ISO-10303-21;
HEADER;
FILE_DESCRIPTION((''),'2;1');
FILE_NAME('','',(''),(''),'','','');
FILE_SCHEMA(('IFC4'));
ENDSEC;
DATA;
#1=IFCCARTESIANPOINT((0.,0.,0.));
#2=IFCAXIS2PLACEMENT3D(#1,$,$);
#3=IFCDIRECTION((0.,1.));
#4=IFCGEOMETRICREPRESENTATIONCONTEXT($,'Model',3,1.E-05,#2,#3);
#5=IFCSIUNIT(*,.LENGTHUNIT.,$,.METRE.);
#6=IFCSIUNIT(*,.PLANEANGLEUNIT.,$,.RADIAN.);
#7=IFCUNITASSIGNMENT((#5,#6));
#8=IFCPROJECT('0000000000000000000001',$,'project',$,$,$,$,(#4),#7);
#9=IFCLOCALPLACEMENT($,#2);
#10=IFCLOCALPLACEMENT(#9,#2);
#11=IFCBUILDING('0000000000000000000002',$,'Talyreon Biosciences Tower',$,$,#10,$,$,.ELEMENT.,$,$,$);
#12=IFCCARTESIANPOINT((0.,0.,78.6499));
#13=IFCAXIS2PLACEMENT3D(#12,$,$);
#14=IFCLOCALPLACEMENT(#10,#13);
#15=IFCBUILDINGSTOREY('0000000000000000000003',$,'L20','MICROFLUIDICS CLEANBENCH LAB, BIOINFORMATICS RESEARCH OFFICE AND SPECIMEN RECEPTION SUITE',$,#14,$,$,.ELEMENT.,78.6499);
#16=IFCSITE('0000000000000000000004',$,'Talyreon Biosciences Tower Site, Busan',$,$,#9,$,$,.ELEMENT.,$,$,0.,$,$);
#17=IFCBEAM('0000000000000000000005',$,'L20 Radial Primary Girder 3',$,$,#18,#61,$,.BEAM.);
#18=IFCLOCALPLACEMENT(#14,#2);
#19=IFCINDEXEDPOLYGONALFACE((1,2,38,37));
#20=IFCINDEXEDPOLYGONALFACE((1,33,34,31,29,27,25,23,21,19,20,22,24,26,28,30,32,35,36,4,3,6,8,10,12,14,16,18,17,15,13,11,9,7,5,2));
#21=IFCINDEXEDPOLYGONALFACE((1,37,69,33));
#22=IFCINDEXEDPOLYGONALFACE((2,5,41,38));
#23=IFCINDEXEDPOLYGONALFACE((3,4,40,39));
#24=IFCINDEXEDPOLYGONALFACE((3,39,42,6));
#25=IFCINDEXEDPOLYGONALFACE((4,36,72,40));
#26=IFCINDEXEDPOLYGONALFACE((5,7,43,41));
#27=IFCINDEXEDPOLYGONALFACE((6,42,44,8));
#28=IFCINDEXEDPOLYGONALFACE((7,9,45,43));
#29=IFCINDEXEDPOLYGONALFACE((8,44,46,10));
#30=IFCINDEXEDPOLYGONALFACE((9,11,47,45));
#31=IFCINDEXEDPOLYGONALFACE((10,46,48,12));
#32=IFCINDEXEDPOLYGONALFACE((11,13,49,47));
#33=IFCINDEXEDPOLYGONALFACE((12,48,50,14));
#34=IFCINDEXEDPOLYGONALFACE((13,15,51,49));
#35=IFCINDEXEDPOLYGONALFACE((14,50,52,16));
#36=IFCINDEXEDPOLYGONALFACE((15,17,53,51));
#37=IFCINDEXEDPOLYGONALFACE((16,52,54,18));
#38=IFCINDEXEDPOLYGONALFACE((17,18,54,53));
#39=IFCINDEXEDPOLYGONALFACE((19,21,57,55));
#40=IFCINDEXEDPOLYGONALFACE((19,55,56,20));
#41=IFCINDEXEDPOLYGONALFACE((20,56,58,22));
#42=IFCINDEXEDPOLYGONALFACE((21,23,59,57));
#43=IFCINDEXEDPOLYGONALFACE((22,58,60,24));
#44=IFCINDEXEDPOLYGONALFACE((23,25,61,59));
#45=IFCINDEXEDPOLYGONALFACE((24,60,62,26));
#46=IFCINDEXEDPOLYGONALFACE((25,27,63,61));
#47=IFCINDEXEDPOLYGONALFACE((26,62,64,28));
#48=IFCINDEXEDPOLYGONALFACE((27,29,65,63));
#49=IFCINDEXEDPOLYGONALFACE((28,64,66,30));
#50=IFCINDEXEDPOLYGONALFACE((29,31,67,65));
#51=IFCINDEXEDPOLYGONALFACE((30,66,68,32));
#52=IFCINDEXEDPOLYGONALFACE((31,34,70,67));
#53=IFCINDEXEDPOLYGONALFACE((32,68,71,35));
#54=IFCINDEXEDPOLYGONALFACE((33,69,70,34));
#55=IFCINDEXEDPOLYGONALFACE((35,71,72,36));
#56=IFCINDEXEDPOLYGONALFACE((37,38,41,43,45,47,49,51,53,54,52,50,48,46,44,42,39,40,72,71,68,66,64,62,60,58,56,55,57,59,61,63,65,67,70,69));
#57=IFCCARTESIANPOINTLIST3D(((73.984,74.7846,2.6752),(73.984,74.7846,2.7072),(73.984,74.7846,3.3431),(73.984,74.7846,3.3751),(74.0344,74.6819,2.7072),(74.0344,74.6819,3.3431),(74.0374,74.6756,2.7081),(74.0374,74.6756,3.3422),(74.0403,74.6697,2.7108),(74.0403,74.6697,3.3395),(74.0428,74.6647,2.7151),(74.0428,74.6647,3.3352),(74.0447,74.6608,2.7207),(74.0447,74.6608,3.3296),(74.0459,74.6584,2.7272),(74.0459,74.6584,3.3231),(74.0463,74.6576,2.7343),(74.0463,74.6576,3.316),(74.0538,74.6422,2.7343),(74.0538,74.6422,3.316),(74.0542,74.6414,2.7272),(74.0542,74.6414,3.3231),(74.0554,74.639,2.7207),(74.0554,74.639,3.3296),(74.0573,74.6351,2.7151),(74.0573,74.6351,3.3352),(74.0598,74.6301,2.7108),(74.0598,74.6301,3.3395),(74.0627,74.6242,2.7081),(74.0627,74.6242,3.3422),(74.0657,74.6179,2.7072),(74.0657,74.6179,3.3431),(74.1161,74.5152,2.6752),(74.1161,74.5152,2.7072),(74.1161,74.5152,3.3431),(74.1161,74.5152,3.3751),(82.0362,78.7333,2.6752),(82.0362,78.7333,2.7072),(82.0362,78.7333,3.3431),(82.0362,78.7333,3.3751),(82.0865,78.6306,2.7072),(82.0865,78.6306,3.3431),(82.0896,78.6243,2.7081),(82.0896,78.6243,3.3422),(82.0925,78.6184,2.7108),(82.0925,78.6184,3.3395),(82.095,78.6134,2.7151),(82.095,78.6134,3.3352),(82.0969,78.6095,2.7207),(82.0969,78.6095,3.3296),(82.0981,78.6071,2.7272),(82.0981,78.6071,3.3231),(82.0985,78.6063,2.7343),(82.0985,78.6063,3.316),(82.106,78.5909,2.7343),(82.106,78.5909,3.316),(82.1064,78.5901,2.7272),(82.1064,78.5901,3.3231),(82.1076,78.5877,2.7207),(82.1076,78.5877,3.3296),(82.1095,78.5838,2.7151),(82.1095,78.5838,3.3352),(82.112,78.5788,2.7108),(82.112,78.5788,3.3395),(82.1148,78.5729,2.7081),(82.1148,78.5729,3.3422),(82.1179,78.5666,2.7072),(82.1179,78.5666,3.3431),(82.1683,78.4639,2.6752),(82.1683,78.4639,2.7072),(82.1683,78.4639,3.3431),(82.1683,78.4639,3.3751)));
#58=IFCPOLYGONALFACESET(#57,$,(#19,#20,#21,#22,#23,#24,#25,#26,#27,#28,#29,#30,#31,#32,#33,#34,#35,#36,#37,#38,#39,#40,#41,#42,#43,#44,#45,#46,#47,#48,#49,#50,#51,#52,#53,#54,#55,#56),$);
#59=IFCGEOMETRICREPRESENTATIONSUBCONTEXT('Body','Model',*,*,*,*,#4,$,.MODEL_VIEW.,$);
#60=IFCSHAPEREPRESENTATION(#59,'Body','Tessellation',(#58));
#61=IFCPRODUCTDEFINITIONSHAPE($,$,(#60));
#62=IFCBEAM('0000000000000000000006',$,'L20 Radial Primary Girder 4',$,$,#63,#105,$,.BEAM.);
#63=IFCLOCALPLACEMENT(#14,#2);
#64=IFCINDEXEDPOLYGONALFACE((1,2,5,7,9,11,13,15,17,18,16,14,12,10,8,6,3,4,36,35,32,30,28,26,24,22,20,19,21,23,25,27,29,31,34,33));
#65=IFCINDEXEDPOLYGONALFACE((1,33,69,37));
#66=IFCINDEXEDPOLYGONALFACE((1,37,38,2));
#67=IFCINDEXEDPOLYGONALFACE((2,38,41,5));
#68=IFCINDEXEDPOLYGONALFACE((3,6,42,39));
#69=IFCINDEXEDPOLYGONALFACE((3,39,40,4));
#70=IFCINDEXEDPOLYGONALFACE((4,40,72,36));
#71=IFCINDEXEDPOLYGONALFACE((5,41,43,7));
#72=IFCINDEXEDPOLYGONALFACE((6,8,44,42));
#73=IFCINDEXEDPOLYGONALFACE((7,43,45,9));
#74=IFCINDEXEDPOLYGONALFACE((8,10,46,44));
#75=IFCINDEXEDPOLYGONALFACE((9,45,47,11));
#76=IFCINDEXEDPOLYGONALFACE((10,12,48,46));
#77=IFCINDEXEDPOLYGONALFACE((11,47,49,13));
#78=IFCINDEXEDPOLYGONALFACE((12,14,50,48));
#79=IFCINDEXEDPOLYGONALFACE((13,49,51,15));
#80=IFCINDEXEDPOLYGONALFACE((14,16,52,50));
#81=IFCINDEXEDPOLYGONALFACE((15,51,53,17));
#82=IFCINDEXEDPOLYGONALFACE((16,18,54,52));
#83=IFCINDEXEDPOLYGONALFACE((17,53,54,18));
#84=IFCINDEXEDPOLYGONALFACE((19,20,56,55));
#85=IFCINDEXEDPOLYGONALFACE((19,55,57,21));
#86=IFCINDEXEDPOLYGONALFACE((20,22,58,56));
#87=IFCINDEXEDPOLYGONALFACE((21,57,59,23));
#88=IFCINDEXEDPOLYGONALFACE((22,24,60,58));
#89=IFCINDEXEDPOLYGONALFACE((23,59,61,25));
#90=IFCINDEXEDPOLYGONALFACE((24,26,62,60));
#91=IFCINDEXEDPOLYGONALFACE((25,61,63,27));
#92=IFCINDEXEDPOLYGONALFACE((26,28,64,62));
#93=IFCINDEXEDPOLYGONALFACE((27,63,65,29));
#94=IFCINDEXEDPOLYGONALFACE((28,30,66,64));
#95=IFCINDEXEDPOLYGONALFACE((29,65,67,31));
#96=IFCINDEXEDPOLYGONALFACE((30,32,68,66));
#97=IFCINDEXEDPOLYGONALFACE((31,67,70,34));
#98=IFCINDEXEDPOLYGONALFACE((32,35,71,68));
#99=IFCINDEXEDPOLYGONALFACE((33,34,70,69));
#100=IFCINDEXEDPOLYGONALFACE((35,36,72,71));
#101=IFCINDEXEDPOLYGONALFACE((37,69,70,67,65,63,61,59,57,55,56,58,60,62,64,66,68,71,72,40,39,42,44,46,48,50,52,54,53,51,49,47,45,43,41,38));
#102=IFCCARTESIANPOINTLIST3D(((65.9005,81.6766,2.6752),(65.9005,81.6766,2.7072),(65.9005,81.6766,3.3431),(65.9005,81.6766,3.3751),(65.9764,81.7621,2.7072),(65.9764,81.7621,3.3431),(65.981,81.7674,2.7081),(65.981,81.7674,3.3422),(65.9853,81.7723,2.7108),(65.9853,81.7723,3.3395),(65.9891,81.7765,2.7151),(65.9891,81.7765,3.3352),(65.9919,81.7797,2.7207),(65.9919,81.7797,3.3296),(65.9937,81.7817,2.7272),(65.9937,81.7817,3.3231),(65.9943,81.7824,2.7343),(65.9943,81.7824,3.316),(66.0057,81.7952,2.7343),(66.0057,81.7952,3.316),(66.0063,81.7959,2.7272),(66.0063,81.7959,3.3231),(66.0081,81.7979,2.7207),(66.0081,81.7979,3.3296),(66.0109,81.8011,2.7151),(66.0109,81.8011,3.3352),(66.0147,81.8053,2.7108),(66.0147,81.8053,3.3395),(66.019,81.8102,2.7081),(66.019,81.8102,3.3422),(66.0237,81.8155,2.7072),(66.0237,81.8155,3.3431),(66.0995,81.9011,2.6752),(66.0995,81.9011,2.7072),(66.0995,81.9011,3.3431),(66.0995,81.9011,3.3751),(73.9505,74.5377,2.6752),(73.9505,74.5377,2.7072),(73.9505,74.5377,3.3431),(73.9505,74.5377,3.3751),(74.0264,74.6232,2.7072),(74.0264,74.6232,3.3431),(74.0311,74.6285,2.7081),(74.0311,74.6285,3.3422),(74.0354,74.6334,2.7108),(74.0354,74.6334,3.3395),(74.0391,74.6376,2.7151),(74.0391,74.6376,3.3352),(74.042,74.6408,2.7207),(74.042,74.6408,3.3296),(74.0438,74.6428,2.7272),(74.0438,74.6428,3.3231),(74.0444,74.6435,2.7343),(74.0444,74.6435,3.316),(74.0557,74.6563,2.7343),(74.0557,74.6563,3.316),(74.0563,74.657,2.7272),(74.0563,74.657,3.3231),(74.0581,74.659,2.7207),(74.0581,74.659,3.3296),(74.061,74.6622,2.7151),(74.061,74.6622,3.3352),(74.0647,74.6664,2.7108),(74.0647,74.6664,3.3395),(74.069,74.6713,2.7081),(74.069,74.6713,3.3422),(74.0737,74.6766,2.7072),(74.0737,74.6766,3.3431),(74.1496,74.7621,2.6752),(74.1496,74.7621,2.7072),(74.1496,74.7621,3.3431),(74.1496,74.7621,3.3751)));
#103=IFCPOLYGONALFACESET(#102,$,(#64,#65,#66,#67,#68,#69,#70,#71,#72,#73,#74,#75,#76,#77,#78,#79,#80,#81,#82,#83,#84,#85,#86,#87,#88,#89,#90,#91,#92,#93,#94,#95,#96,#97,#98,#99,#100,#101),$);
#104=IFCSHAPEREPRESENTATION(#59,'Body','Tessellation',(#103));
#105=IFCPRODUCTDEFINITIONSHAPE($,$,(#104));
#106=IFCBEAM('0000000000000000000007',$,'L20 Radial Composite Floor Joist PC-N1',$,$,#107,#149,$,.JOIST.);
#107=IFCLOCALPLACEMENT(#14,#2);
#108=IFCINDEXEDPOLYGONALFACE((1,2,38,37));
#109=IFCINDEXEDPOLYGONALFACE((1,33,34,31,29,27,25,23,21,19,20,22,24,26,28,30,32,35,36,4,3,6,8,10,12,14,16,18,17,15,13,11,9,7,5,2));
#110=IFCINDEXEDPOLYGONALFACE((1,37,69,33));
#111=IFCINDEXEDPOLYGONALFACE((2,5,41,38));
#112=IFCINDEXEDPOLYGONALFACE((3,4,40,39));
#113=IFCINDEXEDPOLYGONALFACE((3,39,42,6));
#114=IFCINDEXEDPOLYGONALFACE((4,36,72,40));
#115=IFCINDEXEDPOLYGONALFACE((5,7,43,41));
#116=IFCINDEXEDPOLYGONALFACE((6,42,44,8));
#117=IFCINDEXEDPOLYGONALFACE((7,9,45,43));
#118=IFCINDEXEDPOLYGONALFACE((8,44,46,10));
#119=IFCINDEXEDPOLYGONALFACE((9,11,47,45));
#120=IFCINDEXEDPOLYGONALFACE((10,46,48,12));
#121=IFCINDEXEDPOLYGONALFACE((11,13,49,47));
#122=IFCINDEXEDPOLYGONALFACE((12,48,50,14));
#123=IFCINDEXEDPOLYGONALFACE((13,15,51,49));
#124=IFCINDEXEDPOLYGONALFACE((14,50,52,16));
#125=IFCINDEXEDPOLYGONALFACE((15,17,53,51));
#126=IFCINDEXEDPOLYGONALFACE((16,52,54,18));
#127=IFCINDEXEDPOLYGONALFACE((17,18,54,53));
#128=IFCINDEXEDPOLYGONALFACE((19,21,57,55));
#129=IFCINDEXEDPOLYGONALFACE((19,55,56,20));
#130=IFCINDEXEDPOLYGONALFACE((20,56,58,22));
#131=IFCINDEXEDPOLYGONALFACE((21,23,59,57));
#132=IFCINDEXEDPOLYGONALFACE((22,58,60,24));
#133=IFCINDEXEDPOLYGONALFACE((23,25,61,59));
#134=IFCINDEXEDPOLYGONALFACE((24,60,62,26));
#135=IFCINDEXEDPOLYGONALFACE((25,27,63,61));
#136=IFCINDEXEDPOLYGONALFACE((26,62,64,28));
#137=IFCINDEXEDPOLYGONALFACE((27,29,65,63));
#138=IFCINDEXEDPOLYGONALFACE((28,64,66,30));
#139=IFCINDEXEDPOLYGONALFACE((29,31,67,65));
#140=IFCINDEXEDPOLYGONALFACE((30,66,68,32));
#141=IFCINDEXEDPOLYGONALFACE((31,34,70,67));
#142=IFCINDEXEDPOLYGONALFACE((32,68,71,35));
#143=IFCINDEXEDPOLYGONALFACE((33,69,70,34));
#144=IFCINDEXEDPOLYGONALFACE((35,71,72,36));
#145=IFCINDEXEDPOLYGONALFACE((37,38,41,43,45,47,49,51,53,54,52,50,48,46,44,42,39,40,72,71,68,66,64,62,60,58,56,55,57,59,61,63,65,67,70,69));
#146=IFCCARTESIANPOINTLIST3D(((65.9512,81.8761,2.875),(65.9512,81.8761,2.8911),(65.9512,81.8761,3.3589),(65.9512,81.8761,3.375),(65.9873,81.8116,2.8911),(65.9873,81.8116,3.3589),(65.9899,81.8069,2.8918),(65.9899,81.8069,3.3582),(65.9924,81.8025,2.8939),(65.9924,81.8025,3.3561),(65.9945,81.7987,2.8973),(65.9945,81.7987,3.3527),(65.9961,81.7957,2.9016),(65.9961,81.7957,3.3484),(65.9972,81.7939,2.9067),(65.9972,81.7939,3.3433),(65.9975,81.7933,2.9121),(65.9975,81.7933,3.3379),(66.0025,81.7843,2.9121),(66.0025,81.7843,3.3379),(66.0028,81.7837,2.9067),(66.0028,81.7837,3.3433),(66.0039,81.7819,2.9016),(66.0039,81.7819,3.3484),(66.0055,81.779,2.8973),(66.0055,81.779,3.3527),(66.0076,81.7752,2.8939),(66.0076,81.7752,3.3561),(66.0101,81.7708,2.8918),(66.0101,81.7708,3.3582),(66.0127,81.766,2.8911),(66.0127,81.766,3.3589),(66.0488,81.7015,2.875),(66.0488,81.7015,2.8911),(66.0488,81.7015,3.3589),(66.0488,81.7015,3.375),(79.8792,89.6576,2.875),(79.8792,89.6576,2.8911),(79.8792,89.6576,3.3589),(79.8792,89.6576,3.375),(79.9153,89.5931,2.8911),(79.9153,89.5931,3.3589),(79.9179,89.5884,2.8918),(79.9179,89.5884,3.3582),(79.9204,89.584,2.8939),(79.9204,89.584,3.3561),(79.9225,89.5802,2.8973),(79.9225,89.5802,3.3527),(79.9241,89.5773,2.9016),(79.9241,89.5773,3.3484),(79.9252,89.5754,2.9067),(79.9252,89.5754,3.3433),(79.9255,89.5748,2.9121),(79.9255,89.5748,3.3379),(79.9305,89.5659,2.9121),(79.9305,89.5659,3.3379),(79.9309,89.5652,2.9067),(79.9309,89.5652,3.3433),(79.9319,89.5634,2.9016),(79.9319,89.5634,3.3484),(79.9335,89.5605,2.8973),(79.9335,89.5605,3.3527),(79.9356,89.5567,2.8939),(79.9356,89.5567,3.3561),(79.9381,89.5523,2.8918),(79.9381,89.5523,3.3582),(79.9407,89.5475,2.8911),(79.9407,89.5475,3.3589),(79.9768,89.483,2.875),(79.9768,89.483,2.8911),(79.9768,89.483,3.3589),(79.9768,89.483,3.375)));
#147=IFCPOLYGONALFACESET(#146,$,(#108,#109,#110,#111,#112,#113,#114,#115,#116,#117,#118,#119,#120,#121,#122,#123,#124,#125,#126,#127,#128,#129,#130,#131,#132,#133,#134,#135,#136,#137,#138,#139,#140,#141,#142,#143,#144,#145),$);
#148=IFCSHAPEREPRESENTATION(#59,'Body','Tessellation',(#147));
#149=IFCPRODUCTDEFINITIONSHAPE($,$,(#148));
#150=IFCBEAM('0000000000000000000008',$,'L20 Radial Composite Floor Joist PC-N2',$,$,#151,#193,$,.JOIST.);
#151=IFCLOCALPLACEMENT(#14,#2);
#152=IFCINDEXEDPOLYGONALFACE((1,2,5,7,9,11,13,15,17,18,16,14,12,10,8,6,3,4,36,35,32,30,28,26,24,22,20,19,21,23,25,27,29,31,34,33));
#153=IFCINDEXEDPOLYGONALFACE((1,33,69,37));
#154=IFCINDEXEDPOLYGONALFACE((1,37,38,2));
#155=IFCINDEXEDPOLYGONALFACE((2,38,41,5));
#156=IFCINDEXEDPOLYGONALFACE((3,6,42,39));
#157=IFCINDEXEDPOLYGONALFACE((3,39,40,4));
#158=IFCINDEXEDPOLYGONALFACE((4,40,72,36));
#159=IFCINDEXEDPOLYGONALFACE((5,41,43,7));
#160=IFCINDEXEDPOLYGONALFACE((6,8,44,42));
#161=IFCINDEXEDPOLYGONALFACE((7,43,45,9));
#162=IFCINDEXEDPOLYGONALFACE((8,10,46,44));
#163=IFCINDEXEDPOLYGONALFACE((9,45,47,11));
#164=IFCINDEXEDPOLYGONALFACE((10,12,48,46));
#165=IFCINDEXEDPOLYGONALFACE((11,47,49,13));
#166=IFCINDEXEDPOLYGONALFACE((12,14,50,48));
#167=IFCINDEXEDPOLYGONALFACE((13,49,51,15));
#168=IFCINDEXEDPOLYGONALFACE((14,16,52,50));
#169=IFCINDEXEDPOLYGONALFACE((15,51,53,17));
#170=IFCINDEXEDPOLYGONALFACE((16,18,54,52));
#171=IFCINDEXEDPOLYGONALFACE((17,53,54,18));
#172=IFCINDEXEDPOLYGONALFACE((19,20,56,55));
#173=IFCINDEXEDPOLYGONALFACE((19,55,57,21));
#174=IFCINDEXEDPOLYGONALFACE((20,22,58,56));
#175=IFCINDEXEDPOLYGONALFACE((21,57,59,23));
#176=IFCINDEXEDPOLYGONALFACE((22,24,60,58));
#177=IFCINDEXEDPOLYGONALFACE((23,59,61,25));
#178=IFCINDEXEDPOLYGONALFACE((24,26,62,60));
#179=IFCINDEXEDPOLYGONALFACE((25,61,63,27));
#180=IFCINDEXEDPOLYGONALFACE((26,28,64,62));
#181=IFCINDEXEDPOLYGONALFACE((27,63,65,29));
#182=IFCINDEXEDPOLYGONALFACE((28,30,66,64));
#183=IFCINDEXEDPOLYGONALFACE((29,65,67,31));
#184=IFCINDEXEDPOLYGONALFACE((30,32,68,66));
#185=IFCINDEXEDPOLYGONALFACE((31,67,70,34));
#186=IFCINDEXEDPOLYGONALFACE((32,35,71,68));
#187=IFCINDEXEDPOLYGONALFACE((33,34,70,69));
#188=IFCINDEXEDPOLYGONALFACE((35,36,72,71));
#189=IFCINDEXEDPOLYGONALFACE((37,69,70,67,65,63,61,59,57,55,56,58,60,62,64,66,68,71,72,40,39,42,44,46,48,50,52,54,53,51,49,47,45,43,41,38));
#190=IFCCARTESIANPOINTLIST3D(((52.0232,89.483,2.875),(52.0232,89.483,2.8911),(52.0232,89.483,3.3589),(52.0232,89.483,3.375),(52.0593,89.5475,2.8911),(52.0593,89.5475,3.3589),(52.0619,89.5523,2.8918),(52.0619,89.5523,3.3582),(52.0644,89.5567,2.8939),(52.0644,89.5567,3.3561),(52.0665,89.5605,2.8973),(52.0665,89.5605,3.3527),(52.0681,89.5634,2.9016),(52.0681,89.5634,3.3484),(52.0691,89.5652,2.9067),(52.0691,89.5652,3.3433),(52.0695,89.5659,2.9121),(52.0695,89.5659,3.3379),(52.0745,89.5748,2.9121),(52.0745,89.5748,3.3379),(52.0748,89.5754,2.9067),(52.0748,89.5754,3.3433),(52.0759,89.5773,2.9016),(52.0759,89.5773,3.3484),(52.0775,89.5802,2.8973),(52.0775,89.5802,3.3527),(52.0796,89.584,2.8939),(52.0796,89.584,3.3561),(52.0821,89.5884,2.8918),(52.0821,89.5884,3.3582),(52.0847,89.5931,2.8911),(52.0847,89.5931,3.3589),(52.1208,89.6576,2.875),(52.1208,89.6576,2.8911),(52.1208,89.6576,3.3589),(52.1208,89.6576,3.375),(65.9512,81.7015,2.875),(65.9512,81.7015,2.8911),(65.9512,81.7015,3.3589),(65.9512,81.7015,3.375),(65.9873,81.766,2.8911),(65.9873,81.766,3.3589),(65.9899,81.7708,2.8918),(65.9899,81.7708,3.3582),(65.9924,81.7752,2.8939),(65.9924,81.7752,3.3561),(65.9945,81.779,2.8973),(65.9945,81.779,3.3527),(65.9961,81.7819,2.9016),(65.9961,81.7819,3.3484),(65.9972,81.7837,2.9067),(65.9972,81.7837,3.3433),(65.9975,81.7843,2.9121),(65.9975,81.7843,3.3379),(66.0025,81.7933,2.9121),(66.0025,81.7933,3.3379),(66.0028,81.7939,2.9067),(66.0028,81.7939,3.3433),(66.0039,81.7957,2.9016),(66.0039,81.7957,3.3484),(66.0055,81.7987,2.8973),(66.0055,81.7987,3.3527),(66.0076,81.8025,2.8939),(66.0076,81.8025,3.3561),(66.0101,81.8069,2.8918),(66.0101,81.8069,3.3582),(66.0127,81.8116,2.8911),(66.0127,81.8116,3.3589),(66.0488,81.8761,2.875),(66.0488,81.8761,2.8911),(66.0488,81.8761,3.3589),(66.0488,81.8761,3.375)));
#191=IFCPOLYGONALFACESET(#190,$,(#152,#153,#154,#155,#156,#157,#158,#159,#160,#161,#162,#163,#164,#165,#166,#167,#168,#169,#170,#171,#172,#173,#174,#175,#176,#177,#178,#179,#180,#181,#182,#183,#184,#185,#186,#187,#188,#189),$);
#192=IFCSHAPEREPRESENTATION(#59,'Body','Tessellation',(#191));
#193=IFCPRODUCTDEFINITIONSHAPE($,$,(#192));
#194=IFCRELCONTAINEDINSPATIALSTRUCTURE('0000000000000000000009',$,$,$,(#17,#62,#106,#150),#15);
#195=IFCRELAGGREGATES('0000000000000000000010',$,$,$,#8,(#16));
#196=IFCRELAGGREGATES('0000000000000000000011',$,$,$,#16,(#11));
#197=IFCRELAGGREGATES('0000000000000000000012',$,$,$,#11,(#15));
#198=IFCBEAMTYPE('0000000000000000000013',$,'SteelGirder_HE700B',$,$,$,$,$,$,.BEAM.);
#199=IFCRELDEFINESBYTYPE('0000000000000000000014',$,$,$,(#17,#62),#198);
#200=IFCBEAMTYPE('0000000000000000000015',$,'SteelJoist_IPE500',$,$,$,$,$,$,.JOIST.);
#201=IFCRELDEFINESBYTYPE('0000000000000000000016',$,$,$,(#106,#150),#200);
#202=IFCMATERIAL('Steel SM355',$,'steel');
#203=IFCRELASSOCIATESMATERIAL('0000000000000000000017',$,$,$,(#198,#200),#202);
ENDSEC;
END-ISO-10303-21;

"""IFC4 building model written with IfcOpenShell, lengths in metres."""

from ifc_helpers import new_model, si_unit, direction, frame, origin, origin_2d, place, context, subcontext, project, spatial, i_section, extrude, material, material_profile, profile_set, type_object, element, save


model = new_model("IFC4")

# Units and contexts
model_context = context("Model", 3, precision=1e-05, world=origin(), true_north=direction((0.0, 1.0)))
body_context = subcontext(model_context, "Body", "Model", "MODEL_VIEW")
ifc_project = project(units=[si_unit("LENGTHUNIT", "METRE"), si_unit("PLANEANGLEUNIT", "RADIAN")], contexts=[model_context])

# Site, building, storey
site_placement = place(None, origin())
site = spatial("IfcSite", under=ifc_project, at=site_placement, Name="Talyreon Biosciences Tower Site, Busan", CompositionType="ELEMENT", RefElevation=0.0)
building_placement = place(site_placement, origin())
building = spatial("IfcBuilding", under=site, at=building_placement, Name="Talyreon Biosciences Tower", CompositionType="ELEMENT")
storey_placement = place(building_placement, frame((0.0, 0.0, 78.6499)))
storey = spatial("IfcBuildingStorey", under=building, at=storey_placement, Name="L20", Description="MICROFLUIDICS CLEANBENCH LAB, BIOINFORMATICS RESEARCH OFFICE AND SPECIMEN RECEPTION SUITE", CompositionType="ELEMENT", Elevation=78.6499)

# Beams
ifc_material_1 = material(Name="Steel SM355", Category="steel")
ifc_material_profile_1 = material_profile(ifc_material_1, i_section(OverallWidth=0.3, OverallDepth=0.7, WebThickness=0.0171, FlangeThickness=0.032, FilletRadius=0.0271, at=origin_2d()), Name="HE700B")
ifc_profile_set_1 = profile_set([ifc_material_profile_1], Name="Steel SM355")
beam_type_1 = type_object("IfcBeamType", Name="SteelGirder_HE700B", PredefinedType="BEAM", material=ifc_profile_set_1)
beam_1_placement = place(storey_placement, frame((74.05, 74.6499, 3.0251), z_axis=(0.897852, 0.440297, 0.0), x_axis=(-0.440297, 0.897852, 0.0)))
element("IfcBeam", 1, at=beam_1_placement, inside=storey, type_object=beam_type_1, Name="L20 Radial Primary Girder 3", PredefinedType="BEAM", context=body_context, shape_type="SweptSolid", body=[
    extrude(i_section(OverallWidth=0.3, OverallDepth=0.7, WebThickness=0.0171, FlangeThickness=0.032, FilletRadius=0.0271, at=origin_2d()), origin(), (0.0, 0.0, 1.0), 8.9683),
])
beam_2_placement = place(storey_placement, frame((74.05, 74.6499, 3.0251), z_axis=(-0.748179, 0.663497, 0.0), x_axis=(-0.663497, -0.748179, 0.0)))
element("IfcBeam", 2, at=beam_2_placement, inside=storey, type_object=beam_type_1, Name="L20 Radial Primary Girder 4", PredefinedType="BEAM", context=body_context, shape_type="SweptSolid", body=[
    extrude(i_section(OverallWidth=0.3, OverallDepth=0.7, WebThickness=0.0171, FlangeThickness=0.032, FilletRadius=0.0271, at=origin_2d()), origin(), (0.0, 0.0, 1.0), 10.7595),
])
ifc_material_profile_2 = material_profile(ifc_material_1, i_section(OverallWidth=0.2, OverallDepth=0.5, WebThickness=0.0103, FlangeThickness=0.0161, FilletRadius=0.021, at=origin_2d()), Name="IPE500")
ifc_profile_set_2 = profile_set([ifc_material_profile_2], Name="Steel SM355")
beam_type_2 = type_object("IfcBeamType", Name="SteelJoist_IPE500", PredefinedType="JOIST", material=ifc_profile_set_2)
for number, where, z_axis, x_axis, name in (
    (3, (66.0, 81.7888, 3.125), (0.872991, 0.487736, 0.0), (-0.487736, 0.872991, 0.0), "L20 Radial Composite Floor Joist PC-N1"),
    (4, (66.0, 81.7888, 3.125), (-0.872991, 0.487736, 0.0), (-0.487736, -0.872991, 0.0), "L20 Radial Composite Floor Joist PC-N2"),
):
    element("IfcBeam", number, at=place(storey_placement, frame(where, z_axis=z_axis, x_axis=x_axis)), inside=storey, type_object=beam_type_2, Name=name, PredefinedType="JOIST", context=body_context, shape_type="SweptSolid", body=[
        extrude(i_section(OverallWidth=0.2, OverallDepth=0.5, WebThickness=0.0103, FlangeThickness=0.0161, FilletRadius=0.021, at=origin_2d()), origin(), (0.0, 0.0, 1.0), 15.9543),
    ])

save(model, "model.ifc")
